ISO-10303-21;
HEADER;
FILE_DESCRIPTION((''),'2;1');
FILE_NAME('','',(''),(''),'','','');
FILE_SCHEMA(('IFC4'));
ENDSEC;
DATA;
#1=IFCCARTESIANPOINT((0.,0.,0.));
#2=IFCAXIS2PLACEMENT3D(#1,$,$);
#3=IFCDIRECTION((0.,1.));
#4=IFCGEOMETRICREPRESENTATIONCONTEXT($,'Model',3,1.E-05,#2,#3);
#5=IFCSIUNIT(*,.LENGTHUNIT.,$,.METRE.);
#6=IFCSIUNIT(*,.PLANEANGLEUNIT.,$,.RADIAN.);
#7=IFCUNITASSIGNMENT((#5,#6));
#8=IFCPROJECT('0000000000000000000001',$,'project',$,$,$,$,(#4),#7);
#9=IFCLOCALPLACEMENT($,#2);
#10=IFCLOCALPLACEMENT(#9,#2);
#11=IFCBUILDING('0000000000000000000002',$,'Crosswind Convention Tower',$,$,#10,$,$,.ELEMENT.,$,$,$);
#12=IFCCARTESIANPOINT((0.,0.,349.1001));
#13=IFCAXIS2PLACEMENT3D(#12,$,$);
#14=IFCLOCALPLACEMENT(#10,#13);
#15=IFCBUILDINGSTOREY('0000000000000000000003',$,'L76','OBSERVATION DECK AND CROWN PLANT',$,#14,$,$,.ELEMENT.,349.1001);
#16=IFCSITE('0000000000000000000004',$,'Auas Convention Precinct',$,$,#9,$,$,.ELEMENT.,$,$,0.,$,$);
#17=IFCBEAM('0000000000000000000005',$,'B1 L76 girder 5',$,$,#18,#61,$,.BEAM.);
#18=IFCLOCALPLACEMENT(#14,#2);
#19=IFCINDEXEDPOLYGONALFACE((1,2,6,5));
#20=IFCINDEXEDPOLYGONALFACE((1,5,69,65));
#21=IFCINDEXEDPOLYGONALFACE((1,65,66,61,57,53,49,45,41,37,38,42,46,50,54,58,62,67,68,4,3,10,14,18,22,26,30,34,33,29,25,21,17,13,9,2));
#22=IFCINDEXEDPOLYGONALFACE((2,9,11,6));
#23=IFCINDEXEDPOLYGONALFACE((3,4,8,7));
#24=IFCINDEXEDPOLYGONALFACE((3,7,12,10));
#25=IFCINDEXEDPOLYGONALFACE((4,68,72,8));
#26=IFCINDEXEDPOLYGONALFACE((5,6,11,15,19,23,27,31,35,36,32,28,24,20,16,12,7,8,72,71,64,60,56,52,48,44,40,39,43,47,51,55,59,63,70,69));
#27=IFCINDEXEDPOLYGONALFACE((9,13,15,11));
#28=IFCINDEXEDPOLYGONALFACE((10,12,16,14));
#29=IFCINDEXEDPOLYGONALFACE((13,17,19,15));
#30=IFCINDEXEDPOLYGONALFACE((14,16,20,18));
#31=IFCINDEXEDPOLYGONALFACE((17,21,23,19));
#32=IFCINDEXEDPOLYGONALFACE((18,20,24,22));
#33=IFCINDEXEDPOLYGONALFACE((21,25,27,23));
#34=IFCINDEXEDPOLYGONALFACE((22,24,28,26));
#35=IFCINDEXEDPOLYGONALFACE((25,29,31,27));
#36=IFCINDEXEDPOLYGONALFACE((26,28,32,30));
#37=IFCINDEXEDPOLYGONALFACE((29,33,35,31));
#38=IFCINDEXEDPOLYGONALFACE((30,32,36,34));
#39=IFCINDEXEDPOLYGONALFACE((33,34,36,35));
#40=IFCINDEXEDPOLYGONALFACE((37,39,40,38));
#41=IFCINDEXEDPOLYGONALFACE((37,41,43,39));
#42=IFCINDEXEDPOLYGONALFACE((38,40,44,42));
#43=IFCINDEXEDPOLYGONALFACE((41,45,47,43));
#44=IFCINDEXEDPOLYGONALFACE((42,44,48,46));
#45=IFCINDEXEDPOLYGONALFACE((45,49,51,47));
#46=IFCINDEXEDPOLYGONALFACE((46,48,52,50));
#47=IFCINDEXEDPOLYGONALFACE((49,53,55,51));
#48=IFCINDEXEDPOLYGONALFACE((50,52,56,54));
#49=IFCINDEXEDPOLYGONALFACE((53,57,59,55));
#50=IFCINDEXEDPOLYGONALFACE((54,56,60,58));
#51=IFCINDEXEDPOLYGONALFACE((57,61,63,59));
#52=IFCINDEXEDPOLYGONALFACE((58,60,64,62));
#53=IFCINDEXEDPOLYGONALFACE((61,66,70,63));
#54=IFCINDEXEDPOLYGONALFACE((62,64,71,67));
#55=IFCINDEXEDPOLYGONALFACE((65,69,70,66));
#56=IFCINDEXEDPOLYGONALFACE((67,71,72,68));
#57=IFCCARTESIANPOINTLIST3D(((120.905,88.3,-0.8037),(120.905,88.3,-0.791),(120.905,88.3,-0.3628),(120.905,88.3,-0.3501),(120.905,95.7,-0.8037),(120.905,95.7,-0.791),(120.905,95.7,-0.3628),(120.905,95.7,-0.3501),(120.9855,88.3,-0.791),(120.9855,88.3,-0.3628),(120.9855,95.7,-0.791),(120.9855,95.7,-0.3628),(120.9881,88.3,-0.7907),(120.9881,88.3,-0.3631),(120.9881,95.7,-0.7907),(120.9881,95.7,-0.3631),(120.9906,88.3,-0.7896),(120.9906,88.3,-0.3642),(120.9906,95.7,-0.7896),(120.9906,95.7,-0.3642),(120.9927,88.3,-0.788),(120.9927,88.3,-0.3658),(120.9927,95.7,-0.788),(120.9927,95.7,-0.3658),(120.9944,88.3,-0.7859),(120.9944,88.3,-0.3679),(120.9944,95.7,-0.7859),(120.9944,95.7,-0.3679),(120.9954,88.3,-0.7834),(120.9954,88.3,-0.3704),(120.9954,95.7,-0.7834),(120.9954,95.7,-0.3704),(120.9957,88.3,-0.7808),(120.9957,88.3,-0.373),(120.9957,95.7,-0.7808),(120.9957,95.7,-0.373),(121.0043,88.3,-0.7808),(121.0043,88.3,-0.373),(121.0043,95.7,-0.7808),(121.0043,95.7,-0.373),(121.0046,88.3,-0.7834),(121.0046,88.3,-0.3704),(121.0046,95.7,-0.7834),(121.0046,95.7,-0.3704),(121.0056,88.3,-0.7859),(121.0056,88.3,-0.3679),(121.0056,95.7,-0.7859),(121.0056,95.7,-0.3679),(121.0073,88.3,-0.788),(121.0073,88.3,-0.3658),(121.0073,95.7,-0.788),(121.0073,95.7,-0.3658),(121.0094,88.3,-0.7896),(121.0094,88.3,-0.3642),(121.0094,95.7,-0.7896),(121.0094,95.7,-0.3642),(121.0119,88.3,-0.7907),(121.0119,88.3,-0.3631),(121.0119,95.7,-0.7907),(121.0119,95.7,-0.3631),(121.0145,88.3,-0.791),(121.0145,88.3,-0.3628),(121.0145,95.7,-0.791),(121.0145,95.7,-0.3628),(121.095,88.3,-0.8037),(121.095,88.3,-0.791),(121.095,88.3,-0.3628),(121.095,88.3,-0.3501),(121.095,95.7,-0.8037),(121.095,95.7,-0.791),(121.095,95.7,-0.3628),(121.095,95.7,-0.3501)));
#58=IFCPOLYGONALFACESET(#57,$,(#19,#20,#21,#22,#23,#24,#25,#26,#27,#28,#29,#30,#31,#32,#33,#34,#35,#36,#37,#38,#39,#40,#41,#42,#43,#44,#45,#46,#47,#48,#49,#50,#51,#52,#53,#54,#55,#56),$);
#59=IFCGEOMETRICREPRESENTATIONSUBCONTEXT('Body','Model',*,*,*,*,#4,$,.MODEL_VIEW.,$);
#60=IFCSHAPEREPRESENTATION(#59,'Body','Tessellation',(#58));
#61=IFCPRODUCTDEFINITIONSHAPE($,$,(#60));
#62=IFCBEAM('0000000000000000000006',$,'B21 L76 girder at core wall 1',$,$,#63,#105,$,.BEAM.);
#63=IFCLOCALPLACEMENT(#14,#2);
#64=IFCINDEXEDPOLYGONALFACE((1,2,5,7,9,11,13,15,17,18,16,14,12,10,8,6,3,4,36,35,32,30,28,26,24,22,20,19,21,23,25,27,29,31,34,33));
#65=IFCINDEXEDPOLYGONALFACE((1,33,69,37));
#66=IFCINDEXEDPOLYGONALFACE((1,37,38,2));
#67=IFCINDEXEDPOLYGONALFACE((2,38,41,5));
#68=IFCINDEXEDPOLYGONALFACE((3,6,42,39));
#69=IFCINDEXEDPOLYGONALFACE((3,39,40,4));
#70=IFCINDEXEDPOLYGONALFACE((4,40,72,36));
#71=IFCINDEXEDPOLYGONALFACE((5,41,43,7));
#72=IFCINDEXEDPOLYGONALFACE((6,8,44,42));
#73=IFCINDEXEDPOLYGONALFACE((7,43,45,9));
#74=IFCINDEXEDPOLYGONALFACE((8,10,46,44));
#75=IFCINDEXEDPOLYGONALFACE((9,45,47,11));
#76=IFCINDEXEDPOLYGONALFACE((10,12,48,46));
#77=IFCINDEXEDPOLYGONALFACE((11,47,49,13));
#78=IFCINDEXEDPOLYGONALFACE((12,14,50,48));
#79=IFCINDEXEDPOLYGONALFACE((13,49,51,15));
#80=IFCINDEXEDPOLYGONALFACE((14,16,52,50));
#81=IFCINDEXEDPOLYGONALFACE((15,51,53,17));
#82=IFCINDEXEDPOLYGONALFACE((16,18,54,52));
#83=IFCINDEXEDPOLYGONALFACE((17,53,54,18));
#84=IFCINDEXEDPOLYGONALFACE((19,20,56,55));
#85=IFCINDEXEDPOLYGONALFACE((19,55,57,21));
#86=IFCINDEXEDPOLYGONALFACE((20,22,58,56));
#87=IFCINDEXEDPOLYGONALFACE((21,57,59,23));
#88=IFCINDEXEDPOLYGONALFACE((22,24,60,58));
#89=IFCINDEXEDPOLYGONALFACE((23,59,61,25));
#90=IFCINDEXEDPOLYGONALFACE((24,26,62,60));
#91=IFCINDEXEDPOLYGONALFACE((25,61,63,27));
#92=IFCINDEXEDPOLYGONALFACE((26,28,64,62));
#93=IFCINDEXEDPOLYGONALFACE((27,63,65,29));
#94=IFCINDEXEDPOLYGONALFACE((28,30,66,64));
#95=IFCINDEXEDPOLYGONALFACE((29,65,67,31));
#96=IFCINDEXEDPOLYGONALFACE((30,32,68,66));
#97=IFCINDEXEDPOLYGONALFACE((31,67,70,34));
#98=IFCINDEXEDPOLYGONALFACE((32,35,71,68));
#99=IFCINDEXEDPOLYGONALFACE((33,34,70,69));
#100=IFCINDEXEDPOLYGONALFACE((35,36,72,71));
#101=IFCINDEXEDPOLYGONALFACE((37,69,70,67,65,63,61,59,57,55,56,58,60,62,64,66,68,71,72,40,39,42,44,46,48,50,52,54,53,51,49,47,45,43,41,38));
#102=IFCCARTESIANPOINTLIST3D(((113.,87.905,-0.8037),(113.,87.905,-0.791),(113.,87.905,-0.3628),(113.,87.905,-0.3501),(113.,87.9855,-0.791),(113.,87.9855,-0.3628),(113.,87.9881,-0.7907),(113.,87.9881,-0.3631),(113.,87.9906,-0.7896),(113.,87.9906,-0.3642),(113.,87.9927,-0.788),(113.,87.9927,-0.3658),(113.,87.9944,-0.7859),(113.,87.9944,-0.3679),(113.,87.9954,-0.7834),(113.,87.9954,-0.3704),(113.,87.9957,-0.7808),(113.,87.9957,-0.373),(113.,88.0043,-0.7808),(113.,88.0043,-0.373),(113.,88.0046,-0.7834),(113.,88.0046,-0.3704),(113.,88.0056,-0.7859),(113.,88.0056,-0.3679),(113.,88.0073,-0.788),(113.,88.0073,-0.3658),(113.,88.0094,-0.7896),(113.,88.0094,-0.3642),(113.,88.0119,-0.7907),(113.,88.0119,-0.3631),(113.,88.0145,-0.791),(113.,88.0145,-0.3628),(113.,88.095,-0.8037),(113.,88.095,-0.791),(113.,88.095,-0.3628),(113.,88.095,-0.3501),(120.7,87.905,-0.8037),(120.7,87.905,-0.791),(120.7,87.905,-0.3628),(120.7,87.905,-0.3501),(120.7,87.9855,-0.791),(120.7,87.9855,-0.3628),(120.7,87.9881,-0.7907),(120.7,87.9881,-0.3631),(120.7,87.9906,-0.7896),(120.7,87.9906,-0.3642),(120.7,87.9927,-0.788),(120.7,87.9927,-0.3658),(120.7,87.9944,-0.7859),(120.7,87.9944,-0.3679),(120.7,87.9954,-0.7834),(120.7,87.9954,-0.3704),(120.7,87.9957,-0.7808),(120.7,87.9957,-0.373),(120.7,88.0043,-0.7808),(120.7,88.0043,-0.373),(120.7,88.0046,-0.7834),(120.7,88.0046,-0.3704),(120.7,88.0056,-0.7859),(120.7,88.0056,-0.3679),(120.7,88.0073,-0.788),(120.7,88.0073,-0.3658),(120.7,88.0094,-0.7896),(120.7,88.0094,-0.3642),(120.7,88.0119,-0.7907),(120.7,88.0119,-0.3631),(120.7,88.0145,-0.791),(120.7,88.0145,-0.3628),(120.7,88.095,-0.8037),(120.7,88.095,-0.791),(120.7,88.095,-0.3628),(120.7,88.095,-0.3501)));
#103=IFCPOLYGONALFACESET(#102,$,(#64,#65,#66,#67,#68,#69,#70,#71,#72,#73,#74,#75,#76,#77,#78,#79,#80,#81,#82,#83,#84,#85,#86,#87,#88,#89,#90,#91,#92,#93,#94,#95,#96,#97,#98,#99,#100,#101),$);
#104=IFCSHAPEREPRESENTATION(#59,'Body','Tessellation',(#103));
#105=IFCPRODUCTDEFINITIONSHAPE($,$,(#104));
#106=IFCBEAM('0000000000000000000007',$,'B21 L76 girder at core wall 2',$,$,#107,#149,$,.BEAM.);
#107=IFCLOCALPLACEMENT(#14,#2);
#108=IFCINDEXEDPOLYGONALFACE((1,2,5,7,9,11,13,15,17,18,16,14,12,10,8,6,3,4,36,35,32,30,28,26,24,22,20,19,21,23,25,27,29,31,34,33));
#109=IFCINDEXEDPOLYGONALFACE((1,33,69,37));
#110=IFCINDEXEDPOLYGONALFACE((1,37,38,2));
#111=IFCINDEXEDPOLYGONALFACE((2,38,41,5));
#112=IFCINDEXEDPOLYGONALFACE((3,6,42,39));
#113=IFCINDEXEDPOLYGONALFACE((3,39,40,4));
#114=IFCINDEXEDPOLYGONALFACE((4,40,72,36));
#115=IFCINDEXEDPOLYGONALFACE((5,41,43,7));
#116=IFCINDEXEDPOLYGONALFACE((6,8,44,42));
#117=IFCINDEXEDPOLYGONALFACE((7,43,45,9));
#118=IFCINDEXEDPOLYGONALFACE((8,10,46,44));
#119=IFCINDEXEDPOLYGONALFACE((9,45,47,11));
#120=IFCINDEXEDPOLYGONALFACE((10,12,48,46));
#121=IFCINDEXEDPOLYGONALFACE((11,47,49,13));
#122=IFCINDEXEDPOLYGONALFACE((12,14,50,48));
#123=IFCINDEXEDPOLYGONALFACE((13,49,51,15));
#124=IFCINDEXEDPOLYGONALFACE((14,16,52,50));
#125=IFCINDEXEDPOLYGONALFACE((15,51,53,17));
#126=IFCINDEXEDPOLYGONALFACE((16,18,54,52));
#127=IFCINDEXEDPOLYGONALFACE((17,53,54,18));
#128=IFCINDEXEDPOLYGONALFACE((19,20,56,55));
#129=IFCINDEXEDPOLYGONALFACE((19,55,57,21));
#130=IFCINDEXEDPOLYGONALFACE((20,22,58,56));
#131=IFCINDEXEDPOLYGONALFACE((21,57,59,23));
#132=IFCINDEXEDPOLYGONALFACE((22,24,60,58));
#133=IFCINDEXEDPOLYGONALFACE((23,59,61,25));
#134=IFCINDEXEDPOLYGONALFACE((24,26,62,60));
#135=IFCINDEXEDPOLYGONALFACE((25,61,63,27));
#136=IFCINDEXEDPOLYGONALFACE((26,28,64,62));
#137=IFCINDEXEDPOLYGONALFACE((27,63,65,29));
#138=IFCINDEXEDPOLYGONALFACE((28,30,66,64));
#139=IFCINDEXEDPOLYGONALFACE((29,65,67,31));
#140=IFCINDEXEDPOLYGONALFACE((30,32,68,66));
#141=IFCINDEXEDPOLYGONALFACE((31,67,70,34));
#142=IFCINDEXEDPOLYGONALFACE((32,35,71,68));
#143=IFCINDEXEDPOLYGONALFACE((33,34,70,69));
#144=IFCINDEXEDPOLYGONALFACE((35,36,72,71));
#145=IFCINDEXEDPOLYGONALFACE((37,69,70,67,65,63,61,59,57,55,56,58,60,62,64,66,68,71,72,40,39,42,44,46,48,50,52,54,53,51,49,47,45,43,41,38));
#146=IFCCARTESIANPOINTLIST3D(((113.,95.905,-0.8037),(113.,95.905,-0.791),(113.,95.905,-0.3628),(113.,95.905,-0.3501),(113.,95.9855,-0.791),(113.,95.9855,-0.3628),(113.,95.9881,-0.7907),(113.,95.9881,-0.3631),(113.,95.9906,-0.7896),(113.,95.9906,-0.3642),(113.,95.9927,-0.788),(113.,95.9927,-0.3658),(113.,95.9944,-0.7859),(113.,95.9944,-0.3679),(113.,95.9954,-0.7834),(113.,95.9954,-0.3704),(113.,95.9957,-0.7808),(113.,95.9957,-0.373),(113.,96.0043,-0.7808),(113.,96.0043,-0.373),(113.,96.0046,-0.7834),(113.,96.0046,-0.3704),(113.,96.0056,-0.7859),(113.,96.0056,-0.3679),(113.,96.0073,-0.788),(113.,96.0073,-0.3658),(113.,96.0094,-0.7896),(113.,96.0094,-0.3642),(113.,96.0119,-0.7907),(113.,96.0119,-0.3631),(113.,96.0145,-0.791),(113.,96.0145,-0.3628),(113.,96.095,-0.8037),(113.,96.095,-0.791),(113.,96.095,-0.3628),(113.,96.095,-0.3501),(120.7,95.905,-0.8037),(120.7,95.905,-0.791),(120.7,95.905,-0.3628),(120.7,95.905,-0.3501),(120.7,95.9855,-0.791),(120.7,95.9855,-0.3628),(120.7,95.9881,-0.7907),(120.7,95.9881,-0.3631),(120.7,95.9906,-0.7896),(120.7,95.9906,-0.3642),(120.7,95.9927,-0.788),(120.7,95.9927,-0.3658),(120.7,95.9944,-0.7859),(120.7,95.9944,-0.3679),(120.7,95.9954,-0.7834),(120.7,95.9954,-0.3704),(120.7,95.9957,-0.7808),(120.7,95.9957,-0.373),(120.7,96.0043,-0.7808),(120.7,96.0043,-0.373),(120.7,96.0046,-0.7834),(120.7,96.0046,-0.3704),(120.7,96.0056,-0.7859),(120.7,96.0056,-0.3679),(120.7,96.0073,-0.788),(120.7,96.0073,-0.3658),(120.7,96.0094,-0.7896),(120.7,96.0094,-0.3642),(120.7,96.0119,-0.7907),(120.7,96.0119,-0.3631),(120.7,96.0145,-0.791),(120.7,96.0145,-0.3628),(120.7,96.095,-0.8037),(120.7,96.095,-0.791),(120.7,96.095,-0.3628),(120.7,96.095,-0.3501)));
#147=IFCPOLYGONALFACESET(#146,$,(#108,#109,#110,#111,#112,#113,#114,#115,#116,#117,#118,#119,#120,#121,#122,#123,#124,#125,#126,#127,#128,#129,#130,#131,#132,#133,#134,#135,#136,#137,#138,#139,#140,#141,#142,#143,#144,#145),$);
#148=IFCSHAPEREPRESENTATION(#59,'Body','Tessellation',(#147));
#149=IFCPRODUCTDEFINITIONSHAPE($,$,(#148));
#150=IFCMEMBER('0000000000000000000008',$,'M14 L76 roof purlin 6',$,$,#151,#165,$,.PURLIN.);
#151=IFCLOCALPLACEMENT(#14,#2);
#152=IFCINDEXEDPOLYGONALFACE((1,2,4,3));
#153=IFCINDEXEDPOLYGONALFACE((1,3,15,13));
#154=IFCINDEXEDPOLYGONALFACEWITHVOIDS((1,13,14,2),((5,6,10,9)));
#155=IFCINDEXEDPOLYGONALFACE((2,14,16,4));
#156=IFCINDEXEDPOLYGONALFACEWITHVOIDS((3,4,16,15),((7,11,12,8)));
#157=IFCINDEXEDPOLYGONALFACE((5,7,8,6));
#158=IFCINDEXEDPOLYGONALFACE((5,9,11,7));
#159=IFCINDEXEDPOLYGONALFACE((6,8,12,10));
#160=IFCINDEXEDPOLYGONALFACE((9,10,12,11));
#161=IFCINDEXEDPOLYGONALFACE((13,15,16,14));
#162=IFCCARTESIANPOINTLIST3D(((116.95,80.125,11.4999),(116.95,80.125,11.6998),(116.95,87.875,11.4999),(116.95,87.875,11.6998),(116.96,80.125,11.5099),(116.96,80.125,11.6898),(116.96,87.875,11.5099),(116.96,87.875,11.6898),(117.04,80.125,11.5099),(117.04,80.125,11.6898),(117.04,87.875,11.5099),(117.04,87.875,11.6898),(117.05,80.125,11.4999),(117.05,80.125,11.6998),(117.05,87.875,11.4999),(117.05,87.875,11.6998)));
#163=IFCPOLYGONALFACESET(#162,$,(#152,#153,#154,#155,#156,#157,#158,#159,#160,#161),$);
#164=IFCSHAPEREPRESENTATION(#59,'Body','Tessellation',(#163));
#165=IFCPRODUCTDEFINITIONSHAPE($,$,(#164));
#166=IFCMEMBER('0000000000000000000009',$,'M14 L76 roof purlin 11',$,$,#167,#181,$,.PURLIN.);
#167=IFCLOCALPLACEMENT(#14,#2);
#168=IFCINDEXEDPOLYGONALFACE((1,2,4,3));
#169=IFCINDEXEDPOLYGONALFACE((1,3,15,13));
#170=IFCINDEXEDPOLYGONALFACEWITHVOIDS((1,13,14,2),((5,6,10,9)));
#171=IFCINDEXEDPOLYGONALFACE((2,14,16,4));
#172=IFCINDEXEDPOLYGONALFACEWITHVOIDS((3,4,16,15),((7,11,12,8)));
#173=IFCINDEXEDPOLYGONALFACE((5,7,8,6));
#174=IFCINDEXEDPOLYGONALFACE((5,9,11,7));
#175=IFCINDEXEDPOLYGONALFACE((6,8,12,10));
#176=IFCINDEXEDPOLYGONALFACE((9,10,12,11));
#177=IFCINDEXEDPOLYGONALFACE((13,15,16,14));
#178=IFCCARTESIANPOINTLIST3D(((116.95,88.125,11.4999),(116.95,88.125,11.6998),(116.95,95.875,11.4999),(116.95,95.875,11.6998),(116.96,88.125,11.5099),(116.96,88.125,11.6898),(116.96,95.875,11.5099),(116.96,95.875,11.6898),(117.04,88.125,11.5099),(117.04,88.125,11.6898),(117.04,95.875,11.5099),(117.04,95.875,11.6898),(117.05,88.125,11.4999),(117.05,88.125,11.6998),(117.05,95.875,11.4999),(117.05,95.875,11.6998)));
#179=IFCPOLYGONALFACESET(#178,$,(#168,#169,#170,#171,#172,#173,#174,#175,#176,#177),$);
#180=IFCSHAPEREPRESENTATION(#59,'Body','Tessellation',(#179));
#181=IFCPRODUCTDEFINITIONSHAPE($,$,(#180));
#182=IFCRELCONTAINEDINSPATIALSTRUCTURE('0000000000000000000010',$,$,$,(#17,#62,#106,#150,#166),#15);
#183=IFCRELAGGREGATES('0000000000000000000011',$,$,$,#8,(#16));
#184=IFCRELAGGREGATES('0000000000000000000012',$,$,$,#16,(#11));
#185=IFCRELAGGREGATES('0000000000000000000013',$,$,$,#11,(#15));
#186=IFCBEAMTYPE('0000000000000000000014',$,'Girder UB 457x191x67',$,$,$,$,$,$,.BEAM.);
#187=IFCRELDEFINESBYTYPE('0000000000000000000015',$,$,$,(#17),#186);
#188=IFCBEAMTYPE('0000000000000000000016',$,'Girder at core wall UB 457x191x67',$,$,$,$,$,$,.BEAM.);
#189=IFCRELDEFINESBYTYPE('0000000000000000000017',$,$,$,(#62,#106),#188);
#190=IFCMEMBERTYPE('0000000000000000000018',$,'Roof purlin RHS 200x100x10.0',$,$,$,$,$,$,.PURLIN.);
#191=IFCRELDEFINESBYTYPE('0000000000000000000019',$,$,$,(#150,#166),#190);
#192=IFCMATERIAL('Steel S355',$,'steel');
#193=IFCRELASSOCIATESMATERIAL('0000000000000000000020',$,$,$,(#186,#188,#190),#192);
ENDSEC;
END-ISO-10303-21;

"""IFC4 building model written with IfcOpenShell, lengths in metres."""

from ifc_helpers import new_model, si_unit, direction, frame, origin, origin_2d, place, context, subcontext, project, spatial, hollow_rectangle, i_section, extrude, material, material_profile, profile_set, type_object, element, save


model = new_model("IFC4")

# Units and contexts
model_context = context("Model", 3, precision=1e-05, world=origin(), true_north=direction((0.0, 1.0)))
body_context = subcontext(model_context, "Body", "Model", "MODEL_VIEW")
ifc_project = project(units=[si_unit("LENGTHUNIT", "METRE"), si_unit("PLANEANGLEUNIT", "RADIAN")], contexts=[model_context])

# Site, building, storey
site_placement = place(None, origin())
site = spatial("IfcSite", under=ifc_project, at=site_placement, Name="Auas Convention Precinct", CompositionType="ELEMENT", RefElevation=0.0)
building_placement = place(site_placement, origin())
building = spatial("IfcBuilding", under=site, at=building_placement, Name="Crosswind Convention Tower", CompositionType="ELEMENT")
storey_placement = place(building_placement, frame((0.0, 0.0, 349.1001)))
storey = spatial("IfcBuildingStorey", under=building, at=storey_placement, Name="L76", Description="OBSERVATION DECK AND CROWN PLANT", CompositionType="ELEMENT", Elevation=349.1001)

# Beams
ifc_material_1 = material(Name="Steel S355", Category="steel")
ifc_material_profile_1 = material_profile(ifc_material_1, i_section(OverallWidth=0.1899, OverallDepth=0.4536, WebThickness=0.0085, FlangeThickness=0.0127, FilletRadius=0.0103, at=origin_2d()), Name="UB 457x191x67")
ifc_profile_set_1 = profile_set([ifc_material_profile_1], Name="Steel S355")
beam_type_1 = type_object("IfcBeamType", Name="Girder UB 457x191x67", PredefinedType="BEAM", material=ifc_profile_set_1)
for number, where, z_axis, x_axis, name in (
    (1, (121.0, 88.3, -0.5769), (0.0, 1.0, 0.0), (-1.0, 0.0, 0.0), "B1 L76 girder 5"),
):
    element("IfcBeam", number, at=place(storey_placement, frame(where, z_axis=z_axis, x_axis=x_axis)), inside=storey, type_object=beam_type_1, Name=name, PredefinedType="BEAM", context=body_context, shape_type="SweptSolid", body=[
        extrude(i_section(OverallWidth=0.1899, OverallDepth=0.4536, WebThickness=0.0085, FlangeThickness=0.0127, FilletRadius=0.0103, at=origin_2d()), origin(), (0.0, 0.0, 1.0), 7.3999),
    ])
ifc_material_profile_2 = material_profile(ifc_material_1, i_section(OverallWidth=0.1899, OverallDepth=0.4536, WebThickness=0.0085, FlangeThickness=0.0127, FilletRadius=0.0103, at=origin_2d()), Name="UB 457x191x67")
ifc_profile_set_2 = profile_set([ifc_material_profile_2], Name="Steel S355")
beam_type_2 = type_object("IfcBeamType", Name="Girder at core wall UB 457x191x67", PredefinedType="BEAM", material=ifc_profile_set_2)
for number, where, z_axis, x_axis, name in (
    (2, (113.0, 88.0, -0.5769), (1.0, 0.0, 0.0), (0.0, 1.0, 0.0), "B21 L76 girder at core wall 1"),
    (3, (113.0, 96.0, -0.5769), (1.0, 0.0, 0.0), (0.0, 1.0, 0.0), "B21 L76 girder at core wall 2"),
):
    element("IfcBeam", number, at=place(storey_placement, frame(where, z_axis=z_axis, x_axis=x_axis)), inside=storey, type_object=beam_type_2, Name=name, PredefinedType="BEAM", context=body_context, shape_type="SweptSolid", body=[
        extrude(i_section(OverallWidth=0.1899, OverallDepth=0.4536, WebThickness=0.0085, FlangeThickness=0.0127, FilletRadius=0.0103, at=origin_2d()), origin(), (0.0, 0.0, 1.0), 7.7),
    ])

# Members
ifc_material_profile_3 = material_profile(ifc_material_1, hollow_rectangle(XDim=0.1001, YDim=0.2, WallThickness=0.01, at=origin_2d()), Name="RHS 200x100x10.0")
ifc_profile_set_3 = profile_set([ifc_material_profile_3], Name="Steel S355")
member_type_1 = type_object("IfcMemberType", Name="Roof purlin RHS 200x100x10.0", PredefinedType="PURLIN", material=ifc_profile_set_3)
for number, where, z_axis, x_axis, name in (
    (4, (117.0, 80.125, 11.5999), (0.0, 1.0, 0.0), (-1.0, 0.0, 0.0), "M14 L76 roof purlin 6"),
    (5, (117.0, 88.125, 11.5999), (0.0, 1.0, 0.0), (-1.0, 0.0, 0.0), "M14 L76 roof purlin 11"),
):
    element("IfcMember", number, at=place(storey_placement, frame(where, z_axis=z_axis, x_axis=x_axis)), inside=storey, type_object=member_type_1, Name=name, PredefinedType="PURLIN", context=body_context, shape_type="SweptSolid", body=[
        extrude(hollow_rectangle(XDim=0.1001, YDim=0.2, WallThickness=0.01, at=origin_2d()), origin(), (0.0, 0.0, 1.0), 7.75),
    ])

save(model, "model.ifc")
